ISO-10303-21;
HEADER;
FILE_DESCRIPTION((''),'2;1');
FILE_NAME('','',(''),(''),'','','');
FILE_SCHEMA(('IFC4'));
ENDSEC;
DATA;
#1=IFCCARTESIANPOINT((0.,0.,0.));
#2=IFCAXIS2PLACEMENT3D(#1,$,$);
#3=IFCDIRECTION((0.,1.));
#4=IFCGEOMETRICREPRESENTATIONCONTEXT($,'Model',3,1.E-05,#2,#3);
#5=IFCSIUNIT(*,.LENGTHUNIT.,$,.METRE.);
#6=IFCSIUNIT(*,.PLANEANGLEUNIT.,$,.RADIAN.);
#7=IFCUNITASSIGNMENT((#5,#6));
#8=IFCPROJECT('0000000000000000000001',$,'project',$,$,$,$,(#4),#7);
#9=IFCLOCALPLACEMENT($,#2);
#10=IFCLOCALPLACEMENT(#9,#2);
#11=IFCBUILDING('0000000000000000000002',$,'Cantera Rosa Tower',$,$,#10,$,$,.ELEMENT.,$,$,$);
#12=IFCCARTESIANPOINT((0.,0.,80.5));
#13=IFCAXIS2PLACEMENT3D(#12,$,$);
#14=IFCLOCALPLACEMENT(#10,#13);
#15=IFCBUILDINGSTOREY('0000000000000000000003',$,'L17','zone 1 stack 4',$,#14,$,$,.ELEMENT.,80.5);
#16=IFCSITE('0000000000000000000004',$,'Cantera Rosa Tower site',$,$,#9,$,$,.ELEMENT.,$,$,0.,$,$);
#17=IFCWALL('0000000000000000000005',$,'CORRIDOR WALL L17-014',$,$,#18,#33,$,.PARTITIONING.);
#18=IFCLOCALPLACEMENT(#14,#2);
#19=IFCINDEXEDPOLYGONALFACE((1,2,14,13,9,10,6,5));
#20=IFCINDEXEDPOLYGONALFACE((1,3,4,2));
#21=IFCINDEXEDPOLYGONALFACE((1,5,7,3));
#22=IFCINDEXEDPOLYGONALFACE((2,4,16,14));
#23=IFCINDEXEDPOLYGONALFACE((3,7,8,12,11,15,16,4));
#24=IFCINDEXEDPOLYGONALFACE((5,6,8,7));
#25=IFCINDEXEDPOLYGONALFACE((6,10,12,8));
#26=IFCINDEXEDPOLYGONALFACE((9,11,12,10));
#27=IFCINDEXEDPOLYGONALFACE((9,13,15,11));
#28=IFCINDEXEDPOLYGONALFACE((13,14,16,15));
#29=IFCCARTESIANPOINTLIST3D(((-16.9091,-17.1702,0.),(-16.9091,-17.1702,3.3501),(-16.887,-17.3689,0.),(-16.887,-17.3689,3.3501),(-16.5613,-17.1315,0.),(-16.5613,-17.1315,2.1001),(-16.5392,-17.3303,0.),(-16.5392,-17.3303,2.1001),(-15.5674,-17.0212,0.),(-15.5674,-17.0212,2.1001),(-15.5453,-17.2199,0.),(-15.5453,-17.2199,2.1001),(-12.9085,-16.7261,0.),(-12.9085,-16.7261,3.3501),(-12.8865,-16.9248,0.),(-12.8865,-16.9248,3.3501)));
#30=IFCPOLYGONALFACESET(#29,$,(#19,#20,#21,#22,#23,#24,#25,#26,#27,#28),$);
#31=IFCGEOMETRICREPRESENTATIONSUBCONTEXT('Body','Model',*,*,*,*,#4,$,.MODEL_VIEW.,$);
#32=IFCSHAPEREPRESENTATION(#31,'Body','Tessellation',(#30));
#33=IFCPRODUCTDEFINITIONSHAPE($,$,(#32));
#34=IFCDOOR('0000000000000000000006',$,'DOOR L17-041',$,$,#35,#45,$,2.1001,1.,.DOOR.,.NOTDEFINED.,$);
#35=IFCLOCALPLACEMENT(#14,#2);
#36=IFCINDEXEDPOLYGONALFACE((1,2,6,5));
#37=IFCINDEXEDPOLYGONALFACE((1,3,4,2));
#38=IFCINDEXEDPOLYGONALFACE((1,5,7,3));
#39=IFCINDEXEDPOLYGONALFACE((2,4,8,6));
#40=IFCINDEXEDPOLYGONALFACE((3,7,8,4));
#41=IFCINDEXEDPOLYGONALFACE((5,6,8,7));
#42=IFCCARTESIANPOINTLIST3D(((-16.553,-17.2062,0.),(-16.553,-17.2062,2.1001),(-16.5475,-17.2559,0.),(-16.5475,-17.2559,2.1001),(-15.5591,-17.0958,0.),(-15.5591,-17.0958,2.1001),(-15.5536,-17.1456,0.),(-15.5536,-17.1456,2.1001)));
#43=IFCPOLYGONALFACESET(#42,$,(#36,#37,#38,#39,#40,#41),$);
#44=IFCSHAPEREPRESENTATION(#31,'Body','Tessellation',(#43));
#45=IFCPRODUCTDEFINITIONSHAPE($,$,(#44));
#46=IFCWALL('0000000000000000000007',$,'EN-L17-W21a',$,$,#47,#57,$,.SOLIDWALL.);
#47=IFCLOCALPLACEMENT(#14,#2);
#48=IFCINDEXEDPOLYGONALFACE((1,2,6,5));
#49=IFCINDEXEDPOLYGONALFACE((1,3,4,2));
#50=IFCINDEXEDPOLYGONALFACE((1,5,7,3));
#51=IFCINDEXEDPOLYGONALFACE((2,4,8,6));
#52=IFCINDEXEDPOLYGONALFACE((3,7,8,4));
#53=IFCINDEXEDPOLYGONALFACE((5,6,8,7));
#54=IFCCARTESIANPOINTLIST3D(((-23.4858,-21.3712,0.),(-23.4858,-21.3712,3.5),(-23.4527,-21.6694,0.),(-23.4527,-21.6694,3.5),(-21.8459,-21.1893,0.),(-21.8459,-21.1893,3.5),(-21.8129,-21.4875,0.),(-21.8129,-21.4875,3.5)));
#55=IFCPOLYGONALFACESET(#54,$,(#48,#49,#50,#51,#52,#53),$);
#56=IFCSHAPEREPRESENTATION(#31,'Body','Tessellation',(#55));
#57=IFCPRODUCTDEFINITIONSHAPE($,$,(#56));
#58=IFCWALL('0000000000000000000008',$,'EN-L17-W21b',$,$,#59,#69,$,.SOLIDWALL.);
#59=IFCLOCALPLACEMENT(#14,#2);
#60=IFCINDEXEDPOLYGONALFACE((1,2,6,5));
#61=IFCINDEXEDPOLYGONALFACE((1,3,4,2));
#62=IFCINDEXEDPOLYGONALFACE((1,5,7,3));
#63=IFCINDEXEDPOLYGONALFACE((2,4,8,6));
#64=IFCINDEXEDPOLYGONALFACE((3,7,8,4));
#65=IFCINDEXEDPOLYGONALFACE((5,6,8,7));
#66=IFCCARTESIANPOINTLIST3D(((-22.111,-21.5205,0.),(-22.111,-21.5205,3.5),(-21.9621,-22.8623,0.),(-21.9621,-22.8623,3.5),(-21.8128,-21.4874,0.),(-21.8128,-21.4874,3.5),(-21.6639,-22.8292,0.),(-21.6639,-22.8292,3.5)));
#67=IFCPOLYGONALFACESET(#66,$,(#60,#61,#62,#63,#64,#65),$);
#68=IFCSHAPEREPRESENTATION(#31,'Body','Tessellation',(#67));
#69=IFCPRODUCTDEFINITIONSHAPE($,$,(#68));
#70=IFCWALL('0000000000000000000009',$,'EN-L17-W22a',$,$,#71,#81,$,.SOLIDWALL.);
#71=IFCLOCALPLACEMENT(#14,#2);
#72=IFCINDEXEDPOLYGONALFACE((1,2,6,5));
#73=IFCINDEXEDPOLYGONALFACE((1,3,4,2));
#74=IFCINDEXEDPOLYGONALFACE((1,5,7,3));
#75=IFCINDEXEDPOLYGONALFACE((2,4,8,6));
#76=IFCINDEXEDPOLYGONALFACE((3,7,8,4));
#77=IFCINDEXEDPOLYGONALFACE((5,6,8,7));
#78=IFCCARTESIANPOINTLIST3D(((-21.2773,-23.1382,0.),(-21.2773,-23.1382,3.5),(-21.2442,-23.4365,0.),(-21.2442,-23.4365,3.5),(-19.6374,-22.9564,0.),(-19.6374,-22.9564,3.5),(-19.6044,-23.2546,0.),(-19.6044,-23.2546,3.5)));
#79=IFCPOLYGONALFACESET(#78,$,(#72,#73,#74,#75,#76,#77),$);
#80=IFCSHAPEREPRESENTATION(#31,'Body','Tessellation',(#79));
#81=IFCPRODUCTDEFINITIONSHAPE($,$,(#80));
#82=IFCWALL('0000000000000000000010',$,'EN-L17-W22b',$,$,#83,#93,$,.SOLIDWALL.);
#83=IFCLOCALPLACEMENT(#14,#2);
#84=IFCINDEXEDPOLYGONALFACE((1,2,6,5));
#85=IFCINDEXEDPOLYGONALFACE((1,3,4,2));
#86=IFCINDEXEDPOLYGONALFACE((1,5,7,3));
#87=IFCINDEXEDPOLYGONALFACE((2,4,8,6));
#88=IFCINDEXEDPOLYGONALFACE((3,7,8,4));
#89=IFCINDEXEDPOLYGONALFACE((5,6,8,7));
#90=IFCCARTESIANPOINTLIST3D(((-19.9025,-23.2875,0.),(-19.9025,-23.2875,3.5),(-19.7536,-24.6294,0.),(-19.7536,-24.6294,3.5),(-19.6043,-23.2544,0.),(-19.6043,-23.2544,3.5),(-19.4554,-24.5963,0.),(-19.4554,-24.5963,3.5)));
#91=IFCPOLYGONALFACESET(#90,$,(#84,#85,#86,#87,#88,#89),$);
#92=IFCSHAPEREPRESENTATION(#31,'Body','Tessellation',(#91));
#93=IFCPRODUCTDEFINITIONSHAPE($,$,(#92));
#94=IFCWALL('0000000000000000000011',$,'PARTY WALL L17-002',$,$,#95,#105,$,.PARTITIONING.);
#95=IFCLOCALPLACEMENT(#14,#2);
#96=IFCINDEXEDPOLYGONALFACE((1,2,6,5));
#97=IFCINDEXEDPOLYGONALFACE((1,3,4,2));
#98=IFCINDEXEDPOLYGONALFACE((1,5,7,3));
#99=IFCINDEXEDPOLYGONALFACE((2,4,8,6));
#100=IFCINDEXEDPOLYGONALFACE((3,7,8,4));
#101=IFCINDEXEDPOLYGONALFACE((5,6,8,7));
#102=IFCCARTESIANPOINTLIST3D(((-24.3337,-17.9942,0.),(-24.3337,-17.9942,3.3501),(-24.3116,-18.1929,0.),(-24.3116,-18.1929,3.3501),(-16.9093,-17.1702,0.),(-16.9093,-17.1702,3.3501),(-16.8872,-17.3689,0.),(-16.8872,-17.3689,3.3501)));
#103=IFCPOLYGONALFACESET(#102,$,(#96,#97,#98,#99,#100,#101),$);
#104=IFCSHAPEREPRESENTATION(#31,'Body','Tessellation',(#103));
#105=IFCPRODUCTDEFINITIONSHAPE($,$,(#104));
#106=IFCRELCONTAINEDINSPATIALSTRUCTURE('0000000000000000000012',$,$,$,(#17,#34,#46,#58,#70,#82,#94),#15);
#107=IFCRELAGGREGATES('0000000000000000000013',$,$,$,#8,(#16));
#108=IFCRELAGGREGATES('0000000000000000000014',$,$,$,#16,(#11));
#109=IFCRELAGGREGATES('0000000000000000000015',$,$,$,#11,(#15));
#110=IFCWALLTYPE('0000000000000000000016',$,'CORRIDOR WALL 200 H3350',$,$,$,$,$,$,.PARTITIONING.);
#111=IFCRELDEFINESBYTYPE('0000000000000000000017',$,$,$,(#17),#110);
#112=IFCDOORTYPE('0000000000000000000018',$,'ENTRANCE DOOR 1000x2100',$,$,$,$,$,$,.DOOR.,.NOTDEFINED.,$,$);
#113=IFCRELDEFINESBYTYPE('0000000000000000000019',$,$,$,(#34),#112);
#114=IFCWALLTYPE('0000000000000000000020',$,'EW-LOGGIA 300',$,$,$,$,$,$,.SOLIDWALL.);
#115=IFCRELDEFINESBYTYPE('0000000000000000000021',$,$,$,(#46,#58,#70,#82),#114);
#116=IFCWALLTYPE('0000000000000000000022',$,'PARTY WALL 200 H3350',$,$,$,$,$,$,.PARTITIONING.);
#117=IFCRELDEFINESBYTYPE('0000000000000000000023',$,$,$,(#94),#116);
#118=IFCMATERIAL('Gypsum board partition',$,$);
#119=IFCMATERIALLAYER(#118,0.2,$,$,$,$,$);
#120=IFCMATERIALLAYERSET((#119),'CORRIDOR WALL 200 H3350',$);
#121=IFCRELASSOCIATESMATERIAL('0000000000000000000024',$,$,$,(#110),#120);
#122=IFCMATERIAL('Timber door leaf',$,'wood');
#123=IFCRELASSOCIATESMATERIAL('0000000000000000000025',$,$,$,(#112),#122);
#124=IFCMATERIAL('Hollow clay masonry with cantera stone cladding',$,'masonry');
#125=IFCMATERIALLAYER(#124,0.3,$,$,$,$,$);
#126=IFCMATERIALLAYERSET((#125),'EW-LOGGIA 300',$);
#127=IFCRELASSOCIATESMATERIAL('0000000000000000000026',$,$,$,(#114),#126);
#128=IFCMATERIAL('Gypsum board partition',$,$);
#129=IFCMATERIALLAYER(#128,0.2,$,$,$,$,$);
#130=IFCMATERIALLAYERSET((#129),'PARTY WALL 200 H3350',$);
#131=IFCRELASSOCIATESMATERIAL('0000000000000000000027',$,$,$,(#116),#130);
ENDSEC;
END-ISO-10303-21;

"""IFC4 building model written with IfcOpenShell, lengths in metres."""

from ifc_helpers import new_model, si_unit, direction, frame, frame_2d, origin, place, context, subcontext, project, spatial, rectangle, extrude, material, layer, layer_set, type_object, element, fill, save


model = new_model("IFC4")

# Units and contexts
model_context = context("Model", 3, precision=1e-05, world=origin(), true_north=direction((0.0, 1.0)))
body_context = subcontext(model_context, "Body", "Model", "MODEL_VIEW")
ifc_project = project(units=[si_unit("LENGTHUNIT", "METRE"), si_unit("PLANEANGLEUNIT", "RADIAN")], contexts=[model_context])

# Site, building, storey
site_placement = place(None, origin())
site = spatial("IfcSite", under=ifc_project, at=site_placement, Name="Cantera Rosa Tower site", CompositionType="ELEMENT", RefElevation=0.0)
building_placement = place(site_placement, origin())
building = spatial("IfcBuilding", under=site, at=building_placement, Name="Cantera Rosa Tower", CompositionType="ELEMENT")
storey_placement = place(building_placement, frame((0.0, 0.0, 80.5)))
storey = spatial("IfcBuildingStorey", under=building, at=storey_placement, Name="L17", Description="zone 1 stack 4", CompositionType="ELEMENT", Elevation=80.5)

# Wall, opening, door
ifc_material_1 = material(Name="Gypsum board partition")
ifc_layer_1 = layer(ifc_material_1, 0.2)
ifc_layer_set_1 = layer_set([ifc_layer_1], Name="CORRIDOR WALL 200 H3350")
wall_type_1 = type_object("IfcWallType", Name="CORRIDOR WALL 200 H3350", PredefinedType="PARTITIONING", material=ifc_layer_set_1)
wall_1_placement = place(storey_placement, frame((-16.8982, -17.2695, 0.0), z_axis=(0.0, 0.0, 1.0), x_axis=(0.993895, 0.110332, 0.0)))
wall_1 = element("IfcWall", 1, at=wall_1_placement, inside=storey, type_object=wall_type_1, Name="CORRIDOR WALL L17-014", PredefinedType="PARTITIONING", context=body_context, shape_type="SweptSolid", body=[
    extrude(rectangle(XDim=4.0251, YDim=0.2, at=frame_2d((2.0127, 0.0))), origin(), (0.0, 0.0, 1.0), 3.3501),
])
opening_1_placement = place(wall_1_placement, frame((0.3501, 0.0, 0.0)))
opening_1 = element("IfcOpeningElement", 2, at=opening_1_placement, cuts=wall_1, PredefinedType="OPENING", context=body_context, shape_type="SweptSolid", body=[
    extrude(rectangle(XDim=1.0, YDim=2.1001, at=frame_2d((0.5, 1.05))), frame((0.0, 0.1099, 0.0), z_axis=(0.0, -1.0, 0.0), x_axis=(1.0, 0.0, 0.0)), (0.0, 0.0, 1.0), 0.22),
])
ifc_material_2 = material(Name="Timber door leaf", Category="wood")
door_type_1 = type_object("IfcDoorType", Name="ENTRANCE DOOR 1000x2100", OperationType="NOTDEFINED", PredefinedType="DOOR", material=ifc_material_2)
door_1_placement = place(opening_1_placement, origin())
door_1 = element("IfcDoor", 3, at=door_1_placement, inside=storey, type_object=door_type_1, Name="DOOR L17-041", OperationType="NOTDEFINED", OverallHeight=2.1001, OverallWidth=1.0, PredefinedType="DOOR", context=body_context, shape_type="SweptSolid", body=[
    extrude(rectangle(XDim=1.0, YDim=2.1001, at=frame_2d((0.5, 1.05))), frame((0.0, 0.0249, 0.0), z_axis=(0.0, -1.0, 0.0), x_axis=(1.0, 0.0, 0.0)), (0.0, 0.0, 1.0), 0.05),
])
fill(opening_1, door_1)

# Walls
ifc_material_3 = material(Name="Hollow clay masonry with cantera stone cladding", Category="masonry")
ifc_layer_2 = layer(ifc_material_3, 0.3)
ifc_layer_set_2 = layer_set([ifc_layer_2], Name="EW-LOGGIA 300")
wall_type_2 = type_object("IfcWallType", Name="EW-LOGGIA 300", PredefinedType="SOLIDWALL", material=ifc_layer_set_2)
wall_2_placement = place(storey_placement, frame((-23.4692, -21.5203, 0.0), z_axis=(0.0, 0.0, 1.0), x_axis=(0.993905, 0.110237, 0.0)))
element("IfcWall", 4, at=wall_2_placement, inside=storey, type_object=wall_type_2, Name="EN-L17-W21a", PredefinedType="SOLIDWALL", context=body_context, shape_type="SweptSolid", body=[
    extrude(rectangle(XDim=1.6499, YDim=0.3, at=frame_2d((0.825, 0.0))), origin(), (0.0, 0.0, 1.0), 3.5),
])
wall_3_placement = place(storey_placement, frame((-21.9619, -21.5039, 0.0), z_axis=(0.0, 0.0, 1.0), x_axis=(0.110312, -0.993897, 0.0)))
element("IfcWall", 5, at=wall_3_placement, inside=storey, type_object=wall_type_2, Name="EN-L17-W21b", PredefinedType="SOLIDWALL", context=body_context, shape_type="SweptSolid", body=[
    extrude(rectangle(XDim=1.3501, YDim=0.3, at=frame_2d((0.675, 0.0))), origin(), (0.0, 0.0, 1.0), 3.5),
])
wall_4_placement = place(storey_placement, frame((-21.2607, -23.2874, 0.0), z_axis=(0.0, 0.0, 1.0), x_axis=(0.993905, 0.110237, 0.0)))
element("IfcWall", 6, at=wall_4_placement, inside=storey, type_object=wall_type_2, Name="EN-L17-W22a", PredefinedType="SOLIDWALL", context=body_context, shape_type="SweptSolid", body=[
    extrude(rectangle(XDim=1.6499, YDim=0.3, at=frame_2d((0.825, 0.0))), origin(), (0.0, 0.0, 1.0), 3.5),
])
wall_5_placement = place(storey_placement, frame((-19.7534, -23.271, 0.0), z_axis=(0.0, 0.0, 1.0), x_axis=(0.110312, -0.993897, 0.0)))
element("IfcWall", 7, at=wall_5_placement, inside=storey, type_object=wall_type_2, Name="EN-L17-W22b", PredefinedType="SOLIDWALL", context=body_context, shape_type="SweptSolid", body=[
    extrude(rectangle(XDim=1.3501, YDim=0.3, at=frame_2d((0.675, 0.0))), origin(), (0.0, 0.0, 1.0), 3.5),
])

# Wall
ifc_material_4 = material(Name="Gypsum board partition")
ifc_layer_3 = layer(ifc_material_4, 0.2)
ifc_layer_set_3 = layer_set([ifc_layer_3], Name="PARTY WALL 200 H3350")
wall_type_3 = type_object("IfcWallType", Name="PARTY WALL 200 H3350", PredefinedType="PARTITIONING", material=ifc_layer_set_3)
wall_6_placement = place(storey_placement, frame((-24.3225, -18.0935, 0.0), z_axis=(0.0, 0.0, 1.0), x_axis=(0.993898, 0.110306, 0.0)))
element("IfcWall", 8, at=wall_6_placement, inside=storey, type_object=wall_type_3, Name="PARTY WALL L17-002", PredefinedType="PARTITIONING", context=body_context, shape_type="SweptSolid", body=[
    extrude(rectangle(XDim=7.47, YDim=0.2, at=frame_2d((3.7349, 0.0))), origin(), (0.0, 0.0, 1.0), 3.3501),
])

save(model, "model.ifc")
